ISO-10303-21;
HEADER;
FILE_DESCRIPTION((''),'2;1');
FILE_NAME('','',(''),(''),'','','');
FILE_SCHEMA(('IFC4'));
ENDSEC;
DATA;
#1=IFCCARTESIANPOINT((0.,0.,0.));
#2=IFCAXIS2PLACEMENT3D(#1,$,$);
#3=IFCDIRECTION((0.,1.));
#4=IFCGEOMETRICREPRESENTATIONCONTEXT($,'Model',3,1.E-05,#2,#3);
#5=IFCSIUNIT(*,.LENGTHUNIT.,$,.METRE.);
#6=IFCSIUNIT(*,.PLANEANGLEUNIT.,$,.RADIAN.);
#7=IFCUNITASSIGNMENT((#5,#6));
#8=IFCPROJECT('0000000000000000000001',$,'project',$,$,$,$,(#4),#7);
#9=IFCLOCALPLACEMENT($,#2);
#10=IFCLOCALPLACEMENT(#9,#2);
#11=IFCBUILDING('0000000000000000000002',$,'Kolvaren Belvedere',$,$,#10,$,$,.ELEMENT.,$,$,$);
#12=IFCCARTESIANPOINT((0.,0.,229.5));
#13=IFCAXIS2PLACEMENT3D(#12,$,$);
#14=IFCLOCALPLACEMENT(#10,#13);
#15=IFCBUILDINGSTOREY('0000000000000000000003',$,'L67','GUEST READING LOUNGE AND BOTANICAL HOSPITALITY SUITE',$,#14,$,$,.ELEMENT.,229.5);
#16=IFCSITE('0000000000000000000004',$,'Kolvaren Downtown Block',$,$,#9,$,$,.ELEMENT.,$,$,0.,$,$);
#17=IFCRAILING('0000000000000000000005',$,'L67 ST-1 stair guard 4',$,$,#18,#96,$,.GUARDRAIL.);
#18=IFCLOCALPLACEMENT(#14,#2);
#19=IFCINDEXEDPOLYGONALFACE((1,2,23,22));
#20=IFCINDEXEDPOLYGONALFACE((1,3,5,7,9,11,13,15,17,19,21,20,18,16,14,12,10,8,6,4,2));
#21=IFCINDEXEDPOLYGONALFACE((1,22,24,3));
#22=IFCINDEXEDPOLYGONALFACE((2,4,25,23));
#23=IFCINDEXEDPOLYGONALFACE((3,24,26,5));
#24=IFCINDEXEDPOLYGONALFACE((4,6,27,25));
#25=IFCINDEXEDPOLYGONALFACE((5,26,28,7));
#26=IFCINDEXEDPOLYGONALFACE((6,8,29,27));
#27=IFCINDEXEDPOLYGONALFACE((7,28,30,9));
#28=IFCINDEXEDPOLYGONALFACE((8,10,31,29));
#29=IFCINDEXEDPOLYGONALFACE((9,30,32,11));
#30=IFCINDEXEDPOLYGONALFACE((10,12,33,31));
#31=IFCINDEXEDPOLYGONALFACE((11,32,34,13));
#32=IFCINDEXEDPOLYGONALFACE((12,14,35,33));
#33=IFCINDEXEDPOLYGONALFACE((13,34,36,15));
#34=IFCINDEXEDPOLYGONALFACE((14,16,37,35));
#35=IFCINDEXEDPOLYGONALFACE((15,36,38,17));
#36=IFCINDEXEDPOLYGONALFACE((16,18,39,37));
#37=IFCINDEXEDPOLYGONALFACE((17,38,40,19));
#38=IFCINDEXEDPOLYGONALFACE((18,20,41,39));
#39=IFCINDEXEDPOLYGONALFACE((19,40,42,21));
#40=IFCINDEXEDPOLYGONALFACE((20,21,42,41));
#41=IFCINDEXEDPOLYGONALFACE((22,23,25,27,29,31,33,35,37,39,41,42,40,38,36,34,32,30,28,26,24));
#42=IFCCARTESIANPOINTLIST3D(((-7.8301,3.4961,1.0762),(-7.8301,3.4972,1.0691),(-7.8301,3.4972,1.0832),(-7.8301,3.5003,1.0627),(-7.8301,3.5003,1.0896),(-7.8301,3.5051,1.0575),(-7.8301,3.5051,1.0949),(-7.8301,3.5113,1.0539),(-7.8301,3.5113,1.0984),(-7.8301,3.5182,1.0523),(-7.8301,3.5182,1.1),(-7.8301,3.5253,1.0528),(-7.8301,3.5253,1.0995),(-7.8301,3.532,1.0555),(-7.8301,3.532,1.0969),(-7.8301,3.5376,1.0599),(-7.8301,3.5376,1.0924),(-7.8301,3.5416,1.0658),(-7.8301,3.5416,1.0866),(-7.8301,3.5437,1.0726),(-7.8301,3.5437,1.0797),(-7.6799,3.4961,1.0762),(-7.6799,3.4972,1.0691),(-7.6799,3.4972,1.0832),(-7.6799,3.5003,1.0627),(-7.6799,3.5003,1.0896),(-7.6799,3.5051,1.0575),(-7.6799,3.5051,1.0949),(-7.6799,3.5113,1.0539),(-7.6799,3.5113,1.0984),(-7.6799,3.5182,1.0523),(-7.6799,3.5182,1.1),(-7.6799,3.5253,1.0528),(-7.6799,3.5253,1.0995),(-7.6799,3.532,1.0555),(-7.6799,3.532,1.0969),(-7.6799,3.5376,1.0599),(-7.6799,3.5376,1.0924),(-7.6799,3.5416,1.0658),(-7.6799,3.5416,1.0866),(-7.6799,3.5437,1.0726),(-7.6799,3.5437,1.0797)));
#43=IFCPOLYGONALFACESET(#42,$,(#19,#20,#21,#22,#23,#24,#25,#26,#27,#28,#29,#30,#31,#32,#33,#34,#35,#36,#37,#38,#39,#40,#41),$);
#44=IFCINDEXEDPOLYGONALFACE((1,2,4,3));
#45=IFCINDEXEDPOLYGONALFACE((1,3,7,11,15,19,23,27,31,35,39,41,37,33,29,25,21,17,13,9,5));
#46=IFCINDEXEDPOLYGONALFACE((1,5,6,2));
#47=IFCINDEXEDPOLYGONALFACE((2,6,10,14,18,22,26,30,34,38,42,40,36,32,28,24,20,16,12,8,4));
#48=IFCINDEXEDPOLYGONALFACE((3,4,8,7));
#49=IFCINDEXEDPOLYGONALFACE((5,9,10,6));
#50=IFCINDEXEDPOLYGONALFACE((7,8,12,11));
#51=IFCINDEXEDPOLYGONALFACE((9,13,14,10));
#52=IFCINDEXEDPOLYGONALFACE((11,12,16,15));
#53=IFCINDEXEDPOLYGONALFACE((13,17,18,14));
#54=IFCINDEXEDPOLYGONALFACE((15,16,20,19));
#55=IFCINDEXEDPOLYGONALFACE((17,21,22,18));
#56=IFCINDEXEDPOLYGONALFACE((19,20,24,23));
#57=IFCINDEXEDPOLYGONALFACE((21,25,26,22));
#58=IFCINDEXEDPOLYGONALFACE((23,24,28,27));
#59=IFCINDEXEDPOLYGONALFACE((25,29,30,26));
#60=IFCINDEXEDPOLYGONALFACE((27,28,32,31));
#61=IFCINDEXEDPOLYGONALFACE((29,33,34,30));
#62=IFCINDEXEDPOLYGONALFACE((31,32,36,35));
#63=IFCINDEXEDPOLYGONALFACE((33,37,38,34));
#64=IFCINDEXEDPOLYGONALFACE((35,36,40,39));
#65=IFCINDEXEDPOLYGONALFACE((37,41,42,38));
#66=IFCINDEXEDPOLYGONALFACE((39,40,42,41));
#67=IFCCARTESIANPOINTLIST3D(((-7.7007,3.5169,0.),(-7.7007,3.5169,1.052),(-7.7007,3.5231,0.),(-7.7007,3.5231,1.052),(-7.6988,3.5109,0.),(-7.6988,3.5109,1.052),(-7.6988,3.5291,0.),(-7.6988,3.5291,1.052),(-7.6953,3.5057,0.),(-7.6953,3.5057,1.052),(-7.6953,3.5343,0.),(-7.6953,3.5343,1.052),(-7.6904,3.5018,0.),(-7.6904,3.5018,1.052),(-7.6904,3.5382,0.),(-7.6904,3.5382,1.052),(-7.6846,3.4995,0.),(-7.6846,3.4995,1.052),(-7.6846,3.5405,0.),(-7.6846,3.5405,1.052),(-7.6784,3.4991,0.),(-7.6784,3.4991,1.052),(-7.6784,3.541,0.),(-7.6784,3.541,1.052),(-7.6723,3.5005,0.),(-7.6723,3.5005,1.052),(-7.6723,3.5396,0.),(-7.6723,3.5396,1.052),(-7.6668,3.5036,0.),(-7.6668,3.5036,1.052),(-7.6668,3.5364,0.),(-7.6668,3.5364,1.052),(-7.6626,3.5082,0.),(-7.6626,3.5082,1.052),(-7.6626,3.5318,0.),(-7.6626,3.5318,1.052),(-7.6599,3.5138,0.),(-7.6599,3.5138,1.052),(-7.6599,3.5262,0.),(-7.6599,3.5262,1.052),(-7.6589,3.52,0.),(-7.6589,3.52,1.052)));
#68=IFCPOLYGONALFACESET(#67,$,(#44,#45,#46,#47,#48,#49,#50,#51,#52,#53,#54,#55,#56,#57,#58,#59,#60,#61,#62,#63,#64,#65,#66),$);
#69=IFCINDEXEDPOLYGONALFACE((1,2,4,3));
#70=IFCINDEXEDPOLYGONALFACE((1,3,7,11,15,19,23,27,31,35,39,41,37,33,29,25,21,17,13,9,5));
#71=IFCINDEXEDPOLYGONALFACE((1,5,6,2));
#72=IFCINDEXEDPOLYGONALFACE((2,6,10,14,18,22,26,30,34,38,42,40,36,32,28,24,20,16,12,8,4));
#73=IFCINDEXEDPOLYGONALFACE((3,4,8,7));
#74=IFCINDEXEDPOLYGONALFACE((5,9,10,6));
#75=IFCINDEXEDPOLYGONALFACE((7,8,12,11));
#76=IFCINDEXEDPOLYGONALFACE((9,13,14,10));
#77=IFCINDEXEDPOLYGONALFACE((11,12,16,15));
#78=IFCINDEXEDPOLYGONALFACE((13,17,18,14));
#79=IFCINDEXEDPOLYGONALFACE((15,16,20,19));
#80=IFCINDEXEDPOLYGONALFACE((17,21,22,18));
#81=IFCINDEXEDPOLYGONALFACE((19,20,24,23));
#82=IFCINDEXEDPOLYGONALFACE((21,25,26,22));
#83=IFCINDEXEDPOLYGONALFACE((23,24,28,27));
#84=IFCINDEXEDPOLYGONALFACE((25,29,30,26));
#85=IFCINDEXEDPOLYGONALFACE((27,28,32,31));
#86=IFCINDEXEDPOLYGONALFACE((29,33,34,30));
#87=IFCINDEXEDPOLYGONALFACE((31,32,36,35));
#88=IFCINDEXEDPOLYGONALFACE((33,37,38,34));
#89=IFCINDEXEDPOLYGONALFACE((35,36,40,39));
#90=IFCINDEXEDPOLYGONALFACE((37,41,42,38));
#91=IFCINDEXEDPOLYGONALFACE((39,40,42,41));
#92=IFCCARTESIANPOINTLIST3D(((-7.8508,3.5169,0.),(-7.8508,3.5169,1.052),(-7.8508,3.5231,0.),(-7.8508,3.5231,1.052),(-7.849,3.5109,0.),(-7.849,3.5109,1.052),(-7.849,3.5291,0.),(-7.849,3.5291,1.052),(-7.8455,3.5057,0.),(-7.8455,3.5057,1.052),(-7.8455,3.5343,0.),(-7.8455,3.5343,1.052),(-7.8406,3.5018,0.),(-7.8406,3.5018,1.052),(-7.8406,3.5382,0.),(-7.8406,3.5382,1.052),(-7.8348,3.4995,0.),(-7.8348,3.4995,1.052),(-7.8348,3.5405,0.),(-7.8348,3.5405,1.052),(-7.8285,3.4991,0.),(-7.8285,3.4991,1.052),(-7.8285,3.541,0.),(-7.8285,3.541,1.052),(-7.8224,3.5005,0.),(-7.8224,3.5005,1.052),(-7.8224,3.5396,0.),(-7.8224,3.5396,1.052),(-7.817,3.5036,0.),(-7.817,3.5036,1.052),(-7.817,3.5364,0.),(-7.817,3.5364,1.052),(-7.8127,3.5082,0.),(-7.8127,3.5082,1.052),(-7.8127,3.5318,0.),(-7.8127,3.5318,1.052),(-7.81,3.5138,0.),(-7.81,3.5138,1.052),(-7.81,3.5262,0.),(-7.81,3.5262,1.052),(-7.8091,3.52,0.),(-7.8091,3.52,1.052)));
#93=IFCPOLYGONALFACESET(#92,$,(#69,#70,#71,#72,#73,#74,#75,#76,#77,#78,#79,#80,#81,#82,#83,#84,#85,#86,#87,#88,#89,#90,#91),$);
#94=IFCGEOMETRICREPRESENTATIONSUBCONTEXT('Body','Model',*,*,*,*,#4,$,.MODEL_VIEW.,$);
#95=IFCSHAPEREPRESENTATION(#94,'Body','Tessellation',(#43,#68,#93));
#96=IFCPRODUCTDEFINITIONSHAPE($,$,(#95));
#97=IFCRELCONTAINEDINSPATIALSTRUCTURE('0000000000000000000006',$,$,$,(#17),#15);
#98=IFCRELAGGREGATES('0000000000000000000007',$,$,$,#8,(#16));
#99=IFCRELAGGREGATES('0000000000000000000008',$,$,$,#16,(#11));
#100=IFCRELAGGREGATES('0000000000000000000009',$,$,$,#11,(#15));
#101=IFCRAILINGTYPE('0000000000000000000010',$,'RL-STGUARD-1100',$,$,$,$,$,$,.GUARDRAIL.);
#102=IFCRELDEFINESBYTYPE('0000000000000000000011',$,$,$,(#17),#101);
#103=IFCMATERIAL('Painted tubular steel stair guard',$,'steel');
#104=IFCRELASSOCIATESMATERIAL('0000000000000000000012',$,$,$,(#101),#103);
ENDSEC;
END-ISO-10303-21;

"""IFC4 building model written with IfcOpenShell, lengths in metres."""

from ifc_helpers import new_model, si_unit, direction, frame, origin, origin_2d, place, context, subcontext, project, spatial, circle, extrude, material, type_object, element, save


model = new_model("IFC4")

# Units and contexts
model_context = context("Model", 3, precision=1e-05, world=origin(), true_north=direction((0.0, 1.0)))
body_context = subcontext(model_context, "Body", "Model", "MODEL_VIEW")
ifc_project = project(units=[si_unit("LENGTHUNIT", "METRE"), si_unit("PLANEANGLEUNIT", "RADIAN")], contexts=[model_context])

# Site, building, storey
site_placement = place(None, origin())
site = spatial("IfcSite", under=ifc_project, at=site_placement, Name="Kolvaren Downtown Block", CompositionType="ELEMENT", RefElevation=0.0)
building_placement = place(site_placement, origin())
building = spatial("IfcBuilding", under=site, at=building_placement, Name="Kolvaren Belvedere", CompositionType="ELEMENT")
storey_placement = place(building_placement, frame((0.0, 0.0, 229.5)))
storey = spatial("IfcBuildingStorey", under=building, at=storey_placement, Name="L67", Description="GUEST READING LOUNGE AND BOTANICAL HOSPITALITY SUITE", CompositionType="ELEMENT", Elevation=229.5)

# Railing
ifc_material_1 = material(Name="Painted tubular steel stair guard", Category="steel")
railing_type_1 = type_object("IfcRailingType", Name="RL-STGUARD-1100", PredefinedType="GUARDRAIL", material=ifc_material_1)
railing_1_placement = place(storey_placement, frame((-7.6799, 3.52, 0.0)))
element("IfcRailing", 1, at=railing_1_placement, inside=storey, type_object=railing_type_1, Name="L67 ST-1 stair guard 4", PredefinedType="GUARDRAIL", context=body_context, shape_type="SweptSolid", body=[
    extrude(circle(Radius=0.0239, at=origin_2d()), frame((0.0, 0.0, 1.0762), z_axis=(-1.0, 0.0, 0.0), x_axis=(0.0, -1.0, 0.0)), (0.0, 0.0, 1.0), 0.1501),
    extrude(circle(Radius=0.021, at=origin_2d()), origin(), (0.0, 0.0, 1.0), 1.052),
    extrude(circle(Radius=0.021, at=origin_2d()), frame((-0.1501, 0.0, 0.0)), (0.0, 0.0, 1.0), 1.052),
])

save(model, "model.ifc")
